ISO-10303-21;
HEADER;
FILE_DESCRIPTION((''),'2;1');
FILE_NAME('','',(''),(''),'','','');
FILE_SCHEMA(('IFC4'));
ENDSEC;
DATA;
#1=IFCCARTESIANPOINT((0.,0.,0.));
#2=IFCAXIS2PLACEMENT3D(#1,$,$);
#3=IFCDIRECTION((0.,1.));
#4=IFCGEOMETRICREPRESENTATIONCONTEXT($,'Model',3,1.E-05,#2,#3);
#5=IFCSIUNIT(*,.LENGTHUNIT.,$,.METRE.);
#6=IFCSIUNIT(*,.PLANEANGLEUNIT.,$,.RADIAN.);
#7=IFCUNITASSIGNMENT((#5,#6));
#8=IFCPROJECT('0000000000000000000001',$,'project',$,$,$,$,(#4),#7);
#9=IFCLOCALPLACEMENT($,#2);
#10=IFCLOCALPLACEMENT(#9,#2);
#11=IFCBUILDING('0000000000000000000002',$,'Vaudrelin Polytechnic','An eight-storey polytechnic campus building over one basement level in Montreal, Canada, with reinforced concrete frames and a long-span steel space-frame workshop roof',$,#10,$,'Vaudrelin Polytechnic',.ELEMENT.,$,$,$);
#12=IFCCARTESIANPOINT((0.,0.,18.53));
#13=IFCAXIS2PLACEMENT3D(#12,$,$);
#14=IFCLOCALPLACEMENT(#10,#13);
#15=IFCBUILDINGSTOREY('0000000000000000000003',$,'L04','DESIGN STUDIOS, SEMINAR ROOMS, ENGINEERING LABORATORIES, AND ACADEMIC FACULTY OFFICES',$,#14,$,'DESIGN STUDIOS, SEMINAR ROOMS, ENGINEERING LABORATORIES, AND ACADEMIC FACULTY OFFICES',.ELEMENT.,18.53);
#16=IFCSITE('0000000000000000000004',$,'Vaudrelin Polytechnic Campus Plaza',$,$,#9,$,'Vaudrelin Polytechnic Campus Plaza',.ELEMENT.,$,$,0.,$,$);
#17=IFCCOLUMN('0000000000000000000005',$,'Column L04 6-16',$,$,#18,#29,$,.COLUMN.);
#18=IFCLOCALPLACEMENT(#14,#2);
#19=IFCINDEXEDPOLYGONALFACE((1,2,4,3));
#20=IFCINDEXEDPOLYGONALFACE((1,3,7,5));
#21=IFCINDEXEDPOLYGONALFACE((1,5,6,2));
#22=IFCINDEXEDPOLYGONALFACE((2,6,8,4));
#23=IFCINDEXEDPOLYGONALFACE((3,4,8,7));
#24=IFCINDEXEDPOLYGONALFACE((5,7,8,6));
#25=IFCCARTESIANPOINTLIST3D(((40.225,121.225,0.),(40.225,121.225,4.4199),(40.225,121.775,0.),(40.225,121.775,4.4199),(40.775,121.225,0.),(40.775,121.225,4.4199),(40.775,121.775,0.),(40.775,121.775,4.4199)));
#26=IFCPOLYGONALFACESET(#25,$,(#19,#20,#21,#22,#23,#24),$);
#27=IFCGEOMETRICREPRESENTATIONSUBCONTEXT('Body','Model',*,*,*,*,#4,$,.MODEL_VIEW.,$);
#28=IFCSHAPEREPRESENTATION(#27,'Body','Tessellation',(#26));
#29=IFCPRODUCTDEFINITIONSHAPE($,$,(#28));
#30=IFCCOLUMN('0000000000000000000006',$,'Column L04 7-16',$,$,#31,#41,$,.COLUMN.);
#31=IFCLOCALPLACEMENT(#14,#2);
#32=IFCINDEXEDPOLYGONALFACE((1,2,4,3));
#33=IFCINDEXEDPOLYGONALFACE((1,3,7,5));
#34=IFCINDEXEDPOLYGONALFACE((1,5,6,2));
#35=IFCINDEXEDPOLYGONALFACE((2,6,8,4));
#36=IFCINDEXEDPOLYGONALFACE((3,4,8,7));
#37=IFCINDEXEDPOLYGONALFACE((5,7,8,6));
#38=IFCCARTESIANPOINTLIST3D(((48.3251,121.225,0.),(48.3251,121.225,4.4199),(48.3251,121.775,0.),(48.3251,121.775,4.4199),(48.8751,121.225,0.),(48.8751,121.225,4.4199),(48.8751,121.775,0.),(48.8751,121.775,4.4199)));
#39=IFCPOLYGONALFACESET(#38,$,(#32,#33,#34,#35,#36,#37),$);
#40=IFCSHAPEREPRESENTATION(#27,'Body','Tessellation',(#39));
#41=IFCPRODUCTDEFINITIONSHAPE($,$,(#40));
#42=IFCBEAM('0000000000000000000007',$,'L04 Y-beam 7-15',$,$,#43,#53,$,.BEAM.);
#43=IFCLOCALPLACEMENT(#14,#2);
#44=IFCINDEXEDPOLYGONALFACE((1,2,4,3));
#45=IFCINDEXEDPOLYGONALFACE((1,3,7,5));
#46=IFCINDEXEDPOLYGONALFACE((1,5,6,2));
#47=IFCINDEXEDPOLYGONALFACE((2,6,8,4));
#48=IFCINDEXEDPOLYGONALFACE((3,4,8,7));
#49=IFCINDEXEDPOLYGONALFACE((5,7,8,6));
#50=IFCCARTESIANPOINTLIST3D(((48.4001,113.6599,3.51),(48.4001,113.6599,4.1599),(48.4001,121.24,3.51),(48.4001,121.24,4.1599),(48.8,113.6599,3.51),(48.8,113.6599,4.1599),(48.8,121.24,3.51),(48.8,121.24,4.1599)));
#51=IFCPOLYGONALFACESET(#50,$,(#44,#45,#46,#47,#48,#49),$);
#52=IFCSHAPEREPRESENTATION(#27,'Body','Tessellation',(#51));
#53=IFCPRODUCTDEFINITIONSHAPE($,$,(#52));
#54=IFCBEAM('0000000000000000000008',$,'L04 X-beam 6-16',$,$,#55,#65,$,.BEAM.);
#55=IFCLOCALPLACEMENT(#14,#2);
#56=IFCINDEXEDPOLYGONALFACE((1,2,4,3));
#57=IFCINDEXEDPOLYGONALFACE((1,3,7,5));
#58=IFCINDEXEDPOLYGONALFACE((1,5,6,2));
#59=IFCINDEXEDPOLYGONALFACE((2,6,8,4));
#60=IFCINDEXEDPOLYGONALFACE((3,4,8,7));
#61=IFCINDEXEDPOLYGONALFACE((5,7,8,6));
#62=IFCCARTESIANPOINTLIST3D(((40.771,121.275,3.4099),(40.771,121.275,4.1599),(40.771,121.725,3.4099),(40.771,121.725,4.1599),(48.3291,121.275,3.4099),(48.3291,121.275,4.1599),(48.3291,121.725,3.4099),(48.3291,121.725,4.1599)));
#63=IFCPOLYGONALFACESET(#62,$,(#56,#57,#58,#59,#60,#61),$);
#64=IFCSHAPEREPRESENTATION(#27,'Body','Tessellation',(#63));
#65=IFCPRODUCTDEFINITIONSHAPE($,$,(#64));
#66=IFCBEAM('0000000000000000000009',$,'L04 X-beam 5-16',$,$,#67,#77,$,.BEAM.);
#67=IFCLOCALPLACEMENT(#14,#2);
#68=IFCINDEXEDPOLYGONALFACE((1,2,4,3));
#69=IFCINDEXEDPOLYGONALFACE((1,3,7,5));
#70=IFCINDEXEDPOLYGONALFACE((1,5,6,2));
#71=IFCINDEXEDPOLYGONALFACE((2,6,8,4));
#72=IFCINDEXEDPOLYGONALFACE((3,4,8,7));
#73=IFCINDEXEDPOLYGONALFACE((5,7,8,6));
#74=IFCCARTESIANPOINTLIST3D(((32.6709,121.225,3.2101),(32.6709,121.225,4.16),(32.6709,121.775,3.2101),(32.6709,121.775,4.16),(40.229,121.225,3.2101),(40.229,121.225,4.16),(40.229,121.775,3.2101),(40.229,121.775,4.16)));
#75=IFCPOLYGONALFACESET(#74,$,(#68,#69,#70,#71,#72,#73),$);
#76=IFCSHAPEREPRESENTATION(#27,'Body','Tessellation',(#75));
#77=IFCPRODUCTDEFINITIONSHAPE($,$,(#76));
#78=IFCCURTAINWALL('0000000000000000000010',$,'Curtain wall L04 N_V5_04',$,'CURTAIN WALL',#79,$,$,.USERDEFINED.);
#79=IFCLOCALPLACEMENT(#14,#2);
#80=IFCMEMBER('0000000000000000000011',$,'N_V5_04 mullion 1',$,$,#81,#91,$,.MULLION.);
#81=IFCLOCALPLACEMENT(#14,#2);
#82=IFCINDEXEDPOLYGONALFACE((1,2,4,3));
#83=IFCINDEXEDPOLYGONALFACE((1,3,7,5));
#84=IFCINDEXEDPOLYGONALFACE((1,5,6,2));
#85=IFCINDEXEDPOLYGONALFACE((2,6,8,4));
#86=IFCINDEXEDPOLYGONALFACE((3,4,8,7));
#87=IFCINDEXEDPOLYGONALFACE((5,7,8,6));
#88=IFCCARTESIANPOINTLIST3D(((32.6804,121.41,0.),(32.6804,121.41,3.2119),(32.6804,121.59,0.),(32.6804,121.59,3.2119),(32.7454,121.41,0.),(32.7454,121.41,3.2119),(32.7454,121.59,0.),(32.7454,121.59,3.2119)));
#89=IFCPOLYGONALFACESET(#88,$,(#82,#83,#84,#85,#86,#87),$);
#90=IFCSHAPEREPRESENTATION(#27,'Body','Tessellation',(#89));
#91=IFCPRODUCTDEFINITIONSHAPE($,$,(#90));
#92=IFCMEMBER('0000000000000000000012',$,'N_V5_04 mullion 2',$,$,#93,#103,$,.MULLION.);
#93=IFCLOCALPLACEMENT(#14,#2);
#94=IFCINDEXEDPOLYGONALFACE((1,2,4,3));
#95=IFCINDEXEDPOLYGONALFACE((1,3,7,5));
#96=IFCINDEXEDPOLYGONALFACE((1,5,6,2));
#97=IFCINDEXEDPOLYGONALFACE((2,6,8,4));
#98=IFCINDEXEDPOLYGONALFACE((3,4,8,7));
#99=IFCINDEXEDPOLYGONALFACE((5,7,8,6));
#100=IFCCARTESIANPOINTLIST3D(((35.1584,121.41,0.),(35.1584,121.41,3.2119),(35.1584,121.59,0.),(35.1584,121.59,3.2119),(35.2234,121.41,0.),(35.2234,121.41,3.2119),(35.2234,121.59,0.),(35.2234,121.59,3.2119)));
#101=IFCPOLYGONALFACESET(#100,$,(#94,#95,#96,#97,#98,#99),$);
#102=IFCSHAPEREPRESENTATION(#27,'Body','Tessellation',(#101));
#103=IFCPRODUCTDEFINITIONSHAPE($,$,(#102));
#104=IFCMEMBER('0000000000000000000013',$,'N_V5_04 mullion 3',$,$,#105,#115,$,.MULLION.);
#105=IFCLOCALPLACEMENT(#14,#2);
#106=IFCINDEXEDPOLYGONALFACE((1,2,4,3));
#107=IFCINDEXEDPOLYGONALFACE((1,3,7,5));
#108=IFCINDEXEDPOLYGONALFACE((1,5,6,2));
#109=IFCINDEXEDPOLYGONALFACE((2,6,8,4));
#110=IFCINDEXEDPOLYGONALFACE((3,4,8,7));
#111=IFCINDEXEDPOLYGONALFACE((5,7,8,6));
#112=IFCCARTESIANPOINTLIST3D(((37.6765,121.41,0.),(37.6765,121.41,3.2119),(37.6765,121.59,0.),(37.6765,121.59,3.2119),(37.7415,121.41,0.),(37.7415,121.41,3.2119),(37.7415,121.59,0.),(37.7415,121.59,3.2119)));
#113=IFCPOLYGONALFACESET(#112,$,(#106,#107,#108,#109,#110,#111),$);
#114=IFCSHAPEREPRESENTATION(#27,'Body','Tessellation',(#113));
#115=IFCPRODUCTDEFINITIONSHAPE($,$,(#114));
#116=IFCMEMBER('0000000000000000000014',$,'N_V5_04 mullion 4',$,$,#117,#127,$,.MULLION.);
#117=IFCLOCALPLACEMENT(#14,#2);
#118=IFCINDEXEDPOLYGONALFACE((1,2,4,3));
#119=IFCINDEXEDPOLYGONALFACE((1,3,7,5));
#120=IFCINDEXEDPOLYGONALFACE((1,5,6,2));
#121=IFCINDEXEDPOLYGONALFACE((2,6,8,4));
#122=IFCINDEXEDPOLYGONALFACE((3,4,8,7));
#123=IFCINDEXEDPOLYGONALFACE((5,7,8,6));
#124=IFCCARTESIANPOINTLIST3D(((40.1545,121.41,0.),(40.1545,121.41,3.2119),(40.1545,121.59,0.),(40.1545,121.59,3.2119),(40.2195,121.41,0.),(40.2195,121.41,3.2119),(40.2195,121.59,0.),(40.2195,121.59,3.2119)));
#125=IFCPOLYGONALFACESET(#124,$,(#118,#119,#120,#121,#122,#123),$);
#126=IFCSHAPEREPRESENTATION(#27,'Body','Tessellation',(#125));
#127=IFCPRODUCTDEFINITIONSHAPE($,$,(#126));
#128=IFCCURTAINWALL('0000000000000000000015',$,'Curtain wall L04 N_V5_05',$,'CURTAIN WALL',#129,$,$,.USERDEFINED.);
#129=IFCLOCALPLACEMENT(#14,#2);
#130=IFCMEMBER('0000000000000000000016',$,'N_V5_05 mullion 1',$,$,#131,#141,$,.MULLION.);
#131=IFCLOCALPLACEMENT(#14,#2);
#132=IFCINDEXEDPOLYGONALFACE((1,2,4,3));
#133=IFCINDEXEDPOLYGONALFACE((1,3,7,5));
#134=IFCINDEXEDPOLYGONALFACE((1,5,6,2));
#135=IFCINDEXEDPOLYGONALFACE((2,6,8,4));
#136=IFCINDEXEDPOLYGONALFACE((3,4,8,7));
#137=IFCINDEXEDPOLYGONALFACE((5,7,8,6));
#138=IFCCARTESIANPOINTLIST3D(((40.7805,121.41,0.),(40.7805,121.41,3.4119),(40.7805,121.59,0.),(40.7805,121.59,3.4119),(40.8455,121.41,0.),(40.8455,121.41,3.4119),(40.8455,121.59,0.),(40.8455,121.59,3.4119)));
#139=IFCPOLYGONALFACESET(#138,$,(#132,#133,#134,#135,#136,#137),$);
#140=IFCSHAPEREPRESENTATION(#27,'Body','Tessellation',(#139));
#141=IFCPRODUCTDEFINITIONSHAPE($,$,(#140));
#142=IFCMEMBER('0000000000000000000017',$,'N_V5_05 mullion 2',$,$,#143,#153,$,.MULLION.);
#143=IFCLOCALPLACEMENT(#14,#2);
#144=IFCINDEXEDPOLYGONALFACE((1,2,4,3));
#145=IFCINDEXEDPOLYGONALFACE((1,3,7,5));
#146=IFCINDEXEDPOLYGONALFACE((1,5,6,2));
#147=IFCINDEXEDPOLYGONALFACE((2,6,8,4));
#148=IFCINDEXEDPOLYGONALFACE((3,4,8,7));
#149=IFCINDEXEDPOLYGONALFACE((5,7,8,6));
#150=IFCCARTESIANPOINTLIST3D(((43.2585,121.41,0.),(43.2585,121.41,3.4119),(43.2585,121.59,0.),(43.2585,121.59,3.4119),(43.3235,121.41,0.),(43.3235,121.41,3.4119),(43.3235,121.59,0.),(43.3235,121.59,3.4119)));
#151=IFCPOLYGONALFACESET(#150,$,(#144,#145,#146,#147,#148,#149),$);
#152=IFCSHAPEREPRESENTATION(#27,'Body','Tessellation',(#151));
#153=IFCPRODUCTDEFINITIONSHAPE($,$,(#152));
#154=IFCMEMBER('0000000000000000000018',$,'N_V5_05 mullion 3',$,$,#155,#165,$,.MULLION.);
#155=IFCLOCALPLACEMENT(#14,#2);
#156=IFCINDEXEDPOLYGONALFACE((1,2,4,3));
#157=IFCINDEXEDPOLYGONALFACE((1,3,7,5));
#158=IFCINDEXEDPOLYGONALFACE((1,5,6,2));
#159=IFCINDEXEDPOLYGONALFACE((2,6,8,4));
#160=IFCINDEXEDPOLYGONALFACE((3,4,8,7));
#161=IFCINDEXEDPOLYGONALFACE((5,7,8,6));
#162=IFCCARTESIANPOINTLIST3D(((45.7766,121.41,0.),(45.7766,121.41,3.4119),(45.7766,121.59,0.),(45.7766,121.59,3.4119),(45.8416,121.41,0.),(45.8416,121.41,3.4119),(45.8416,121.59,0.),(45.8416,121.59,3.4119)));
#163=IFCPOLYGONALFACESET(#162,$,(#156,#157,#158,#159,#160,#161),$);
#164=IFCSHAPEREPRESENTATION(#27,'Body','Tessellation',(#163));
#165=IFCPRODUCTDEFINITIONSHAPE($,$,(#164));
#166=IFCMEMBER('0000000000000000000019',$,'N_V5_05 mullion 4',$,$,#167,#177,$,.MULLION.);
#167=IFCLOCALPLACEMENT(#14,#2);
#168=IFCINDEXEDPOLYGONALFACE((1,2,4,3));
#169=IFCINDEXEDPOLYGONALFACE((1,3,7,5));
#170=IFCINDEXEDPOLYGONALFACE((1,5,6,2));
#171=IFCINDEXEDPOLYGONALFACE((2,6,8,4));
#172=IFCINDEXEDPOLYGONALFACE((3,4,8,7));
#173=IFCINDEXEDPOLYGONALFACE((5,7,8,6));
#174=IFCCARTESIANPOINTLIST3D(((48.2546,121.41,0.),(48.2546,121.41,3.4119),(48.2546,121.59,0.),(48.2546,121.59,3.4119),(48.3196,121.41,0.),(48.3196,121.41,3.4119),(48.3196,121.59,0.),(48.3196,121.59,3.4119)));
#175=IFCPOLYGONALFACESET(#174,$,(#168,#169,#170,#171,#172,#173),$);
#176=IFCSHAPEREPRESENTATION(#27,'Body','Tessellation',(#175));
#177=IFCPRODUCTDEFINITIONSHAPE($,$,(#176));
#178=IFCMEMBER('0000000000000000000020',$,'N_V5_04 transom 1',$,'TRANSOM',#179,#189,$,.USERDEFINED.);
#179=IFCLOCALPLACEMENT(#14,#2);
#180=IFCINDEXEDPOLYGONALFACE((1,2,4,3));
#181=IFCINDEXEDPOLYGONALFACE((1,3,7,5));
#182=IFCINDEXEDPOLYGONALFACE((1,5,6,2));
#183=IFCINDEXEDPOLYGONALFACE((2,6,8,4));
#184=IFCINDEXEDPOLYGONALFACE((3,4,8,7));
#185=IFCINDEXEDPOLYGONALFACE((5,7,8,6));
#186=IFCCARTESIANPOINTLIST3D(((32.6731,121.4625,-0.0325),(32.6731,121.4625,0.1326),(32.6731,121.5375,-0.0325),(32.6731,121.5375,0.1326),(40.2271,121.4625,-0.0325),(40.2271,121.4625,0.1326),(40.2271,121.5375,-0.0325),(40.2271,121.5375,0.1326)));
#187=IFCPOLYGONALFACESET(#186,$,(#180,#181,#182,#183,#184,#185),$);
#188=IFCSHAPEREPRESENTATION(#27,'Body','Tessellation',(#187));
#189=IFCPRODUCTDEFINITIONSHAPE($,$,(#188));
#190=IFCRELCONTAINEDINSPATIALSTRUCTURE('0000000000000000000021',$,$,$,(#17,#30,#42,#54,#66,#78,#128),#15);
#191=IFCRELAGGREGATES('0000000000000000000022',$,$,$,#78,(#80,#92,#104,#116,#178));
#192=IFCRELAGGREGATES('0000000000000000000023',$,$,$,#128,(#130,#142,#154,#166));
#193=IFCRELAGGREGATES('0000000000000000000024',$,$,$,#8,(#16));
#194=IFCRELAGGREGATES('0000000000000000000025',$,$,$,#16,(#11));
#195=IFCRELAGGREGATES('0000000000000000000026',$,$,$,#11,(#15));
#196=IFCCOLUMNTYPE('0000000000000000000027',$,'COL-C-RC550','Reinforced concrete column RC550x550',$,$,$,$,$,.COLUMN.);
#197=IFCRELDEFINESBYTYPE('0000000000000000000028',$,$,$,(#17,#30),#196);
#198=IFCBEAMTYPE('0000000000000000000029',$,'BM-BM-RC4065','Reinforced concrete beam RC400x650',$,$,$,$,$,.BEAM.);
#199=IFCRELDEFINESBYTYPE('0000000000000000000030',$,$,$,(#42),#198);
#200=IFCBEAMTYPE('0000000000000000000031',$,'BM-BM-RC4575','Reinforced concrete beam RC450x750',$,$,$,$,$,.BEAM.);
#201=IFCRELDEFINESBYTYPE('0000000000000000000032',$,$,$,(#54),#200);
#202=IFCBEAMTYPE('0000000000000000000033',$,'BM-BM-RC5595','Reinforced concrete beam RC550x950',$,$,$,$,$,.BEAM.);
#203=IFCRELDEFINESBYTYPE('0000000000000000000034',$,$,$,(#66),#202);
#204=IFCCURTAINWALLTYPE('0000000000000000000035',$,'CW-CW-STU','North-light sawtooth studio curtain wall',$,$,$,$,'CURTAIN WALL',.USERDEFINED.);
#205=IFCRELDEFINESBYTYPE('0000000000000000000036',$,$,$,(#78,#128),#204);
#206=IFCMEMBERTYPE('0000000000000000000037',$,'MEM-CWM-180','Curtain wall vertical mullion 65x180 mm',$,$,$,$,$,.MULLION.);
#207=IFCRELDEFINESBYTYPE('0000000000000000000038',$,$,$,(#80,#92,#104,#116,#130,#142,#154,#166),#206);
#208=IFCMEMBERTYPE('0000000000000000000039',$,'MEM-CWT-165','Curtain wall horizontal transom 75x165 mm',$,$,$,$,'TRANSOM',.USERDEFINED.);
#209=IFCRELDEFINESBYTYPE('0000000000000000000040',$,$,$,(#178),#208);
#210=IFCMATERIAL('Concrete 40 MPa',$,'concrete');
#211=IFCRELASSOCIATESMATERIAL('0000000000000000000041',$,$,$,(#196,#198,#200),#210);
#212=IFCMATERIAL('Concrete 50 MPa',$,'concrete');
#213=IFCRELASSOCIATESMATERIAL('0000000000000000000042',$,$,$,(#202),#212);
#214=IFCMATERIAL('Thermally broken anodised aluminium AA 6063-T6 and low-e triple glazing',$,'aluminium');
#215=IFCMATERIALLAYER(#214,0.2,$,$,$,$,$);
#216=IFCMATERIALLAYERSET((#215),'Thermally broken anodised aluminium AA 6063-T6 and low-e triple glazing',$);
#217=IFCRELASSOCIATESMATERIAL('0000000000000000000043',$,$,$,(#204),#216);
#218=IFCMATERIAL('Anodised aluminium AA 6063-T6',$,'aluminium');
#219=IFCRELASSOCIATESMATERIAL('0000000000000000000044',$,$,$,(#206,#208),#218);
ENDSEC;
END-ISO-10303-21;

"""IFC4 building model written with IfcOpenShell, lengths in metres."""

from ifc_helpers import new_model, si_unit, direction, frame, origin, origin_2d, place, context, subcontext, project, spatial, rectangle, extrude, material, layer, layer_set, material_profile, profile_set, type_object, element, aggregate, save


model = new_model("IFC4")

# Units and contexts
model_context = context("Model", 3, precision=1e-05, world=origin(), true_north=direction((0.0, 1.0)))
body_context = subcontext(model_context, "Body", "Model", "MODEL_VIEW")
ifc_project = project(units=[si_unit("LENGTHUNIT", "METRE"), si_unit("PLANEANGLEUNIT", "RADIAN")], contexts=[model_context])

# Site, building, storey
site_placement = place(None, origin())
site = spatial("IfcSite", under=ifc_project, at=site_placement, Name="Vaudrelin Polytechnic Campus Plaza", LongName="Vaudrelin Polytechnic Campus Plaza", CompositionType="ELEMENT", RefElevation=0.0)
building_placement = place(site_placement, origin())
building = spatial("IfcBuilding", under=site, at=building_placement, Name="Vaudrelin Polytechnic", Description="An eight-storey polytechnic campus building over one basement level in Montreal, Canada, with reinforced concrete frames and a long-span steel space-frame workshop roof", LongName="Vaudrelin Polytechnic", CompositionType="ELEMENT")
storey_placement = place(building_placement, frame((0.0, 0.0, 18.53)))
storey = spatial("IfcBuildingStorey", under=building, at=storey_placement, Name="L04", Description="DESIGN STUDIOS, SEMINAR ROOMS, ENGINEERING LABORATORIES, AND ACADEMIC FACULTY OFFICES", LongName="DESIGN STUDIOS, SEMINAR ROOMS, ENGINEERING LABORATORIES, AND ACADEMIC FACULTY OFFICES", CompositionType="ELEMENT", Elevation=18.53)

# Columns
ifc_material_1 = material(Name="Concrete 40 MPa", Category="concrete")
ifc_material_profile_1 = material_profile(ifc_material_1, rectangle(XDim=0.55, YDim=0.55, at=origin_2d()), Name="RC550x550")
ifc_profile_set_1 = profile_set([ifc_material_profile_1], Name="Concrete 40 MPa")
column_type = type_object("IfcColumnType", Name="COL-C-RC550", Description="Reinforced concrete column RC550x550", PredefinedType="COLUMN", material=ifc_profile_set_1)
for number, where, z_axis, x_axis, name in (
    (1, (40.5, 121.5, 0.0), (0.0, 0.0, 1.0), (1.0, 0.0, 0.0), "Column L04 6-16"),
    (2, (48.6001, 121.5, 0.0), (0.0, 0.0, 1.0), (1.0, 0.0, 0.0), "Column L04 7-16"),
):
    element("IfcColumn", number, at=place(storey_placement, frame(where, z_axis=z_axis, x_axis=x_axis)), inside=storey, type_object=column_type, Name=name, PredefinedType="COLUMN", context=body_context, shape_type="SweptSolid", body=[
        extrude(rectangle(XDim=0.55, YDim=0.55, at=origin_2d()), origin(), (0.0, 0.0, 1.0), 4.4199),
    ])

# Beams
ifc_material_profile_2 = material_profile(ifc_material_1, rectangle(XDim=0.3999, YDim=0.6499, at=origin_2d()), Name="RC400x650")
ifc_profile_set_2 = profile_set([ifc_material_profile_2], Name="Concrete 40 MPa")
beam_type_1 = type_object("IfcBeamType", Name="BM-BM-RC4065", Description="Reinforced concrete beam RC400x650", PredefinedType="BEAM", material=ifc_profile_set_2)
beam_1_placement = place(storey_placement, frame((48.6001, 113.6599, 3.835), z_axis=(0.0, 1.0, 0.0), x_axis=(-1.0, 0.0, 0.0)))
element("IfcBeam", 3, at=beam_1_placement, inside=storey, type_object=beam_type_1, Name="L04 Y-beam 7-15", PredefinedType="BEAM", context=body_context, shape_type="SweptSolid", body=[
    extrude(rectangle(XDim=0.3999, YDim=0.6499, at=origin_2d()), origin(), (0.0, 0.0, 1.0), 7.5801),
])
ifc_material_profile_3 = material_profile(ifc_material_1, rectangle(XDim=0.45, YDim=0.75, at=origin_2d()), Name="RC450x750")
ifc_profile_set_3 = profile_set([ifc_material_profile_3], Name="Concrete 40 MPa")
beam_type_2 = type_object("IfcBeamType", Name="BM-BM-RC4575", Description="Reinforced concrete beam RC450x750", PredefinedType="BEAM", material=ifc_profile_set_3)
beam_2_placement = place(storey_placement, frame((40.771, 121.5, 3.7849), z_axis=(1.0, 0.0, 0.0), x_axis=(0.0, 1.0, 0.0)))
element("IfcBeam", 4, at=beam_2_placement, inside=storey, type_object=beam_type_2, Name="L04 X-beam 6-16", PredefinedType="BEAM", context=body_context, shape_type="SweptSolid", body=[
    extrude(rectangle(XDim=0.45, YDim=0.75, at=origin_2d()), origin(), (0.0, 0.0, 1.0), 7.5581),
])
ifc_material_2 = material(Name="Concrete 50 MPa", Category="concrete")
ifc_material_profile_4 = material_profile(ifc_material_2, rectangle(XDim=0.55, YDim=0.95, at=origin_2d()), Name="RC550x950")
ifc_profile_set_4 = profile_set([ifc_material_profile_4], Name="Concrete 50 MPa")
beam_type_3 = type_object("IfcBeamType", Name="BM-BM-RC5595", Description="Reinforced concrete beam RC550x950", PredefinedType="BEAM", material=ifc_profile_set_4)
beam_3_placement = place(storey_placement, frame((32.6709, 121.5, 3.6851), z_axis=(1.0, 0.0, 0.0), x_axis=(0.0, 1.0, 0.0)))
element("IfcBeam", 5, at=beam_3_placement, inside=storey, type_object=beam_type_3, Name="L04 X-beam 5-16", PredefinedType="BEAM", context=body_context, shape_type="SweptSolid", body=[
    extrude(rectangle(XDim=0.55, YDim=0.95, at=origin_2d()), origin(), (0.0, 0.0, 1.0), 7.5581),
])

# Curtain walls, members
ifc_material_3 = material(Name="Thermally broken anodised aluminium AA 6063-T6 and low-e triple glazing", Category="aluminium")
ifc_layer_1 = layer(ifc_material_3, 0.2)
ifc_layer_set_1 = layer_set([ifc_layer_1], Name="Thermally broken anodised aluminium AA 6063-T6 and low-e triple glazing")
curtain_wall_type = type_object("IfcCurtainWallType", Name="CW-CW-STU", Description="North-light sawtooth studio curtain wall", ElementType="CURTAIN WALL", PredefinedType="USERDEFINED", material=ifc_layer_set_1)
curtain_wall_1_placement = place(storey_placement, origin())
curtain_wall_1 = element("IfcCurtainWall", 6, at=curtain_wall_1_placement, inside=storey, type_object=curtain_wall_type, Name="Curtain wall L04 N_V5_04", ObjectType="CURTAIN WALL", PredefinedType="USERDEFINED")
ifc_material_4 = material(Name="Anodised aluminium AA 6063-T6", Category="aluminium")
ifc_material_profile_5 = material_profile(ifc_material_4, rectangle(XDim=0.0649, YDim=0.1799, at=origin_2d()), Name="CWM-65x180")
ifc_profile_set_5 = profile_set([ifc_material_profile_5], Name="Anodised aluminium AA 6063-T6")
member_type_1 = type_object("IfcMemberType", Name="MEM-CWM-180", Description="Curtain wall vertical mullion 65x180 mm", PredefinedType="MULLION", material=ifc_profile_set_5)
member_1_placement = place(storey_placement, frame((32.7129, 121.5, 0.0), z_axis=(0.0, 0.0, 1.0), x_axis=(1.0, 0.0, 0.0)))
member_1 = element("IfcMember", 7, at=member_1_placement, type_object=member_type_1, Name="N_V5_04 mullion 1", PredefinedType="MULLION", context=body_context, shape_type="SweptSolid", body=[
    extrude(rectangle(XDim=0.0649, YDim=0.1799, at=origin_2d()), origin(), (0.0, 0.0, 1.0), 3.2119),
])
member_2_placement = place(storey_placement, frame((35.1909, 121.5, 0.0), z_axis=(0.0, 0.0, 1.0), x_axis=(1.0, 0.0, 0.0)))
member_2 = element("IfcMember", 8, at=member_2_placement, type_object=member_type_1, Name="N_V5_04 mullion 2", PredefinedType="MULLION", context=body_context, shape_type="SweptSolid", body=[
    extrude(rectangle(XDim=0.0649, YDim=0.1799, at=origin_2d()), origin(), (0.0, 0.0, 1.0), 3.2119),
])
member_3_placement = place(storey_placement, frame((37.709, 121.5, 0.0), z_axis=(0.0, 0.0, 1.0), x_axis=(1.0, 0.0, 0.0)))
member_3 = element("IfcMember", 9, at=member_3_placement, type_object=member_type_1, Name="N_V5_04 mullion 3", PredefinedType="MULLION", context=body_context, shape_type="SweptSolid", body=[
    extrude(rectangle(XDim=0.0649, YDim=0.1799, at=origin_2d()), origin(), (0.0, 0.0, 1.0), 3.2119),
])
member_4_placement = place(storey_placement, frame((40.187, 121.5, 0.0), z_axis=(0.0, 0.0, 1.0), x_axis=(1.0, 0.0, 0.0)))
member_4 = element("IfcMember", 10, at=member_4_placement, type_object=member_type_1, Name="N_V5_04 mullion 4", PredefinedType="MULLION", context=body_context, shape_type="SweptSolid", body=[
    extrude(rectangle(XDim=0.0649, YDim=0.1799, at=origin_2d()), origin(), (0.0, 0.0, 1.0), 3.2119),
])
curtain_wall_2_placement = place(storey_placement, origin())
curtain_wall_2 = element("IfcCurtainWall", 11, at=curtain_wall_2_placement, inside=storey, type_object=curtain_wall_type, Name="Curtain wall L04 N_V5_05", ObjectType="CURTAIN WALL", PredefinedType="USERDEFINED")
member_5_placement = place(storey_placement, frame((40.813, 121.5, 0.0), z_axis=(0.0, 0.0, 1.0), x_axis=(1.0, 0.0, 0.0)))
member_5 = element("IfcMember", 12, at=member_5_placement, type_object=member_type_1, Name="N_V5_05 mullion 1", PredefinedType="MULLION", context=body_context, shape_type="SweptSolid", body=[
    extrude(rectangle(XDim=0.0649, YDim=0.1799, at=origin_2d()), origin(), (0.0, 0.0, 1.0), 3.4119),
])
member_6_placement = place(storey_placement, frame((43.291, 121.5, 0.0), z_axis=(0.0, 0.0, 1.0), x_axis=(1.0, 0.0, 0.0)))
member_6 = element("IfcMember", 13, at=member_6_placement, type_object=member_type_1, Name="N_V5_05 mullion 2", PredefinedType="MULLION", context=body_context, shape_type="SweptSolid", body=[
    extrude(rectangle(XDim=0.0649, YDim=0.1799, at=origin_2d()), origin(), (0.0, 0.0, 1.0), 3.4119),
])
member_7_placement = place(storey_placement, frame((45.8091, 121.5, 0.0), z_axis=(0.0, 0.0, 1.0), x_axis=(1.0, 0.0, 0.0)))
member_7 = element("IfcMember", 14, at=member_7_placement, type_object=member_type_1, Name="N_V5_05 mullion 3", PredefinedType="MULLION", context=body_context, shape_type="SweptSolid", body=[
    extrude(rectangle(XDim=0.0649, YDim=0.1799, at=origin_2d()), origin(), (0.0, 0.0, 1.0), 3.4119),
])
member_8_placement = place(storey_placement, frame((48.2871, 121.5, 0.0), z_axis=(0.0, 0.0, 1.0), x_axis=(1.0, 0.0, 0.0)))
member_8 = element("IfcMember", 15, at=member_8_placement, type_object=member_type_1, Name="N_V5_05 mullion 4", PredefinedType="MULLION", context=body_context, shape_type="SweptSolid", body=[
    extrude(rectangle(XDim=0.0649, YDim=0.1799, at=origin_2d()), origin(), (0.0, 0.0, 1.0), 3.4119),
])

# Member
ifc_material_profile_6 = material_profile(ifc_material_4, rectangle(XDim=0.075, YDim=0.165, at=origin_2d()), Name="CWT-75x165")
ifc_profile_set_6 = profile_set([ifc_material_profile_6], Name="Anodised aluminium AA 6063-T6")
member_type_2 = type_object("IfcMemberType", Name="MEM-CWT-165", Description="Curtain wall horizontal transom 75x165 mm", ElementType="TRANSOM", PredefinedType="USERDEFINED", material=ifc_profile_set_6)
member_9_placement = place(storey_placement, frame((32.6731, 121.5, 0.05), z_axis=(1.0, 0.0, 0.0), x_axis=(0.0, 1.0, 0.0)))
member_9 = element("IfcMember", 16, at=member_9_placement, type_object=member_type_2, Name="N_V5_04 transom 1", ObjectType="TRANSOM", PredefinedType="USERDEFINED", context=body_context, shape_type="SweptSolid", body=[
    extrude(rectangle(XDim=0.075, YDim=0.165, at=origin_2d()), origin(), (0.0, 0.0, 1.0), 7.554),
])

aggregate(curtain_wall_1, [member_1, member_2, member_3, member_4, member_9])
aggregate(curtain_wall_2, [member_5, member_6, member_7, member_8])

save(model, "model.ifc")
